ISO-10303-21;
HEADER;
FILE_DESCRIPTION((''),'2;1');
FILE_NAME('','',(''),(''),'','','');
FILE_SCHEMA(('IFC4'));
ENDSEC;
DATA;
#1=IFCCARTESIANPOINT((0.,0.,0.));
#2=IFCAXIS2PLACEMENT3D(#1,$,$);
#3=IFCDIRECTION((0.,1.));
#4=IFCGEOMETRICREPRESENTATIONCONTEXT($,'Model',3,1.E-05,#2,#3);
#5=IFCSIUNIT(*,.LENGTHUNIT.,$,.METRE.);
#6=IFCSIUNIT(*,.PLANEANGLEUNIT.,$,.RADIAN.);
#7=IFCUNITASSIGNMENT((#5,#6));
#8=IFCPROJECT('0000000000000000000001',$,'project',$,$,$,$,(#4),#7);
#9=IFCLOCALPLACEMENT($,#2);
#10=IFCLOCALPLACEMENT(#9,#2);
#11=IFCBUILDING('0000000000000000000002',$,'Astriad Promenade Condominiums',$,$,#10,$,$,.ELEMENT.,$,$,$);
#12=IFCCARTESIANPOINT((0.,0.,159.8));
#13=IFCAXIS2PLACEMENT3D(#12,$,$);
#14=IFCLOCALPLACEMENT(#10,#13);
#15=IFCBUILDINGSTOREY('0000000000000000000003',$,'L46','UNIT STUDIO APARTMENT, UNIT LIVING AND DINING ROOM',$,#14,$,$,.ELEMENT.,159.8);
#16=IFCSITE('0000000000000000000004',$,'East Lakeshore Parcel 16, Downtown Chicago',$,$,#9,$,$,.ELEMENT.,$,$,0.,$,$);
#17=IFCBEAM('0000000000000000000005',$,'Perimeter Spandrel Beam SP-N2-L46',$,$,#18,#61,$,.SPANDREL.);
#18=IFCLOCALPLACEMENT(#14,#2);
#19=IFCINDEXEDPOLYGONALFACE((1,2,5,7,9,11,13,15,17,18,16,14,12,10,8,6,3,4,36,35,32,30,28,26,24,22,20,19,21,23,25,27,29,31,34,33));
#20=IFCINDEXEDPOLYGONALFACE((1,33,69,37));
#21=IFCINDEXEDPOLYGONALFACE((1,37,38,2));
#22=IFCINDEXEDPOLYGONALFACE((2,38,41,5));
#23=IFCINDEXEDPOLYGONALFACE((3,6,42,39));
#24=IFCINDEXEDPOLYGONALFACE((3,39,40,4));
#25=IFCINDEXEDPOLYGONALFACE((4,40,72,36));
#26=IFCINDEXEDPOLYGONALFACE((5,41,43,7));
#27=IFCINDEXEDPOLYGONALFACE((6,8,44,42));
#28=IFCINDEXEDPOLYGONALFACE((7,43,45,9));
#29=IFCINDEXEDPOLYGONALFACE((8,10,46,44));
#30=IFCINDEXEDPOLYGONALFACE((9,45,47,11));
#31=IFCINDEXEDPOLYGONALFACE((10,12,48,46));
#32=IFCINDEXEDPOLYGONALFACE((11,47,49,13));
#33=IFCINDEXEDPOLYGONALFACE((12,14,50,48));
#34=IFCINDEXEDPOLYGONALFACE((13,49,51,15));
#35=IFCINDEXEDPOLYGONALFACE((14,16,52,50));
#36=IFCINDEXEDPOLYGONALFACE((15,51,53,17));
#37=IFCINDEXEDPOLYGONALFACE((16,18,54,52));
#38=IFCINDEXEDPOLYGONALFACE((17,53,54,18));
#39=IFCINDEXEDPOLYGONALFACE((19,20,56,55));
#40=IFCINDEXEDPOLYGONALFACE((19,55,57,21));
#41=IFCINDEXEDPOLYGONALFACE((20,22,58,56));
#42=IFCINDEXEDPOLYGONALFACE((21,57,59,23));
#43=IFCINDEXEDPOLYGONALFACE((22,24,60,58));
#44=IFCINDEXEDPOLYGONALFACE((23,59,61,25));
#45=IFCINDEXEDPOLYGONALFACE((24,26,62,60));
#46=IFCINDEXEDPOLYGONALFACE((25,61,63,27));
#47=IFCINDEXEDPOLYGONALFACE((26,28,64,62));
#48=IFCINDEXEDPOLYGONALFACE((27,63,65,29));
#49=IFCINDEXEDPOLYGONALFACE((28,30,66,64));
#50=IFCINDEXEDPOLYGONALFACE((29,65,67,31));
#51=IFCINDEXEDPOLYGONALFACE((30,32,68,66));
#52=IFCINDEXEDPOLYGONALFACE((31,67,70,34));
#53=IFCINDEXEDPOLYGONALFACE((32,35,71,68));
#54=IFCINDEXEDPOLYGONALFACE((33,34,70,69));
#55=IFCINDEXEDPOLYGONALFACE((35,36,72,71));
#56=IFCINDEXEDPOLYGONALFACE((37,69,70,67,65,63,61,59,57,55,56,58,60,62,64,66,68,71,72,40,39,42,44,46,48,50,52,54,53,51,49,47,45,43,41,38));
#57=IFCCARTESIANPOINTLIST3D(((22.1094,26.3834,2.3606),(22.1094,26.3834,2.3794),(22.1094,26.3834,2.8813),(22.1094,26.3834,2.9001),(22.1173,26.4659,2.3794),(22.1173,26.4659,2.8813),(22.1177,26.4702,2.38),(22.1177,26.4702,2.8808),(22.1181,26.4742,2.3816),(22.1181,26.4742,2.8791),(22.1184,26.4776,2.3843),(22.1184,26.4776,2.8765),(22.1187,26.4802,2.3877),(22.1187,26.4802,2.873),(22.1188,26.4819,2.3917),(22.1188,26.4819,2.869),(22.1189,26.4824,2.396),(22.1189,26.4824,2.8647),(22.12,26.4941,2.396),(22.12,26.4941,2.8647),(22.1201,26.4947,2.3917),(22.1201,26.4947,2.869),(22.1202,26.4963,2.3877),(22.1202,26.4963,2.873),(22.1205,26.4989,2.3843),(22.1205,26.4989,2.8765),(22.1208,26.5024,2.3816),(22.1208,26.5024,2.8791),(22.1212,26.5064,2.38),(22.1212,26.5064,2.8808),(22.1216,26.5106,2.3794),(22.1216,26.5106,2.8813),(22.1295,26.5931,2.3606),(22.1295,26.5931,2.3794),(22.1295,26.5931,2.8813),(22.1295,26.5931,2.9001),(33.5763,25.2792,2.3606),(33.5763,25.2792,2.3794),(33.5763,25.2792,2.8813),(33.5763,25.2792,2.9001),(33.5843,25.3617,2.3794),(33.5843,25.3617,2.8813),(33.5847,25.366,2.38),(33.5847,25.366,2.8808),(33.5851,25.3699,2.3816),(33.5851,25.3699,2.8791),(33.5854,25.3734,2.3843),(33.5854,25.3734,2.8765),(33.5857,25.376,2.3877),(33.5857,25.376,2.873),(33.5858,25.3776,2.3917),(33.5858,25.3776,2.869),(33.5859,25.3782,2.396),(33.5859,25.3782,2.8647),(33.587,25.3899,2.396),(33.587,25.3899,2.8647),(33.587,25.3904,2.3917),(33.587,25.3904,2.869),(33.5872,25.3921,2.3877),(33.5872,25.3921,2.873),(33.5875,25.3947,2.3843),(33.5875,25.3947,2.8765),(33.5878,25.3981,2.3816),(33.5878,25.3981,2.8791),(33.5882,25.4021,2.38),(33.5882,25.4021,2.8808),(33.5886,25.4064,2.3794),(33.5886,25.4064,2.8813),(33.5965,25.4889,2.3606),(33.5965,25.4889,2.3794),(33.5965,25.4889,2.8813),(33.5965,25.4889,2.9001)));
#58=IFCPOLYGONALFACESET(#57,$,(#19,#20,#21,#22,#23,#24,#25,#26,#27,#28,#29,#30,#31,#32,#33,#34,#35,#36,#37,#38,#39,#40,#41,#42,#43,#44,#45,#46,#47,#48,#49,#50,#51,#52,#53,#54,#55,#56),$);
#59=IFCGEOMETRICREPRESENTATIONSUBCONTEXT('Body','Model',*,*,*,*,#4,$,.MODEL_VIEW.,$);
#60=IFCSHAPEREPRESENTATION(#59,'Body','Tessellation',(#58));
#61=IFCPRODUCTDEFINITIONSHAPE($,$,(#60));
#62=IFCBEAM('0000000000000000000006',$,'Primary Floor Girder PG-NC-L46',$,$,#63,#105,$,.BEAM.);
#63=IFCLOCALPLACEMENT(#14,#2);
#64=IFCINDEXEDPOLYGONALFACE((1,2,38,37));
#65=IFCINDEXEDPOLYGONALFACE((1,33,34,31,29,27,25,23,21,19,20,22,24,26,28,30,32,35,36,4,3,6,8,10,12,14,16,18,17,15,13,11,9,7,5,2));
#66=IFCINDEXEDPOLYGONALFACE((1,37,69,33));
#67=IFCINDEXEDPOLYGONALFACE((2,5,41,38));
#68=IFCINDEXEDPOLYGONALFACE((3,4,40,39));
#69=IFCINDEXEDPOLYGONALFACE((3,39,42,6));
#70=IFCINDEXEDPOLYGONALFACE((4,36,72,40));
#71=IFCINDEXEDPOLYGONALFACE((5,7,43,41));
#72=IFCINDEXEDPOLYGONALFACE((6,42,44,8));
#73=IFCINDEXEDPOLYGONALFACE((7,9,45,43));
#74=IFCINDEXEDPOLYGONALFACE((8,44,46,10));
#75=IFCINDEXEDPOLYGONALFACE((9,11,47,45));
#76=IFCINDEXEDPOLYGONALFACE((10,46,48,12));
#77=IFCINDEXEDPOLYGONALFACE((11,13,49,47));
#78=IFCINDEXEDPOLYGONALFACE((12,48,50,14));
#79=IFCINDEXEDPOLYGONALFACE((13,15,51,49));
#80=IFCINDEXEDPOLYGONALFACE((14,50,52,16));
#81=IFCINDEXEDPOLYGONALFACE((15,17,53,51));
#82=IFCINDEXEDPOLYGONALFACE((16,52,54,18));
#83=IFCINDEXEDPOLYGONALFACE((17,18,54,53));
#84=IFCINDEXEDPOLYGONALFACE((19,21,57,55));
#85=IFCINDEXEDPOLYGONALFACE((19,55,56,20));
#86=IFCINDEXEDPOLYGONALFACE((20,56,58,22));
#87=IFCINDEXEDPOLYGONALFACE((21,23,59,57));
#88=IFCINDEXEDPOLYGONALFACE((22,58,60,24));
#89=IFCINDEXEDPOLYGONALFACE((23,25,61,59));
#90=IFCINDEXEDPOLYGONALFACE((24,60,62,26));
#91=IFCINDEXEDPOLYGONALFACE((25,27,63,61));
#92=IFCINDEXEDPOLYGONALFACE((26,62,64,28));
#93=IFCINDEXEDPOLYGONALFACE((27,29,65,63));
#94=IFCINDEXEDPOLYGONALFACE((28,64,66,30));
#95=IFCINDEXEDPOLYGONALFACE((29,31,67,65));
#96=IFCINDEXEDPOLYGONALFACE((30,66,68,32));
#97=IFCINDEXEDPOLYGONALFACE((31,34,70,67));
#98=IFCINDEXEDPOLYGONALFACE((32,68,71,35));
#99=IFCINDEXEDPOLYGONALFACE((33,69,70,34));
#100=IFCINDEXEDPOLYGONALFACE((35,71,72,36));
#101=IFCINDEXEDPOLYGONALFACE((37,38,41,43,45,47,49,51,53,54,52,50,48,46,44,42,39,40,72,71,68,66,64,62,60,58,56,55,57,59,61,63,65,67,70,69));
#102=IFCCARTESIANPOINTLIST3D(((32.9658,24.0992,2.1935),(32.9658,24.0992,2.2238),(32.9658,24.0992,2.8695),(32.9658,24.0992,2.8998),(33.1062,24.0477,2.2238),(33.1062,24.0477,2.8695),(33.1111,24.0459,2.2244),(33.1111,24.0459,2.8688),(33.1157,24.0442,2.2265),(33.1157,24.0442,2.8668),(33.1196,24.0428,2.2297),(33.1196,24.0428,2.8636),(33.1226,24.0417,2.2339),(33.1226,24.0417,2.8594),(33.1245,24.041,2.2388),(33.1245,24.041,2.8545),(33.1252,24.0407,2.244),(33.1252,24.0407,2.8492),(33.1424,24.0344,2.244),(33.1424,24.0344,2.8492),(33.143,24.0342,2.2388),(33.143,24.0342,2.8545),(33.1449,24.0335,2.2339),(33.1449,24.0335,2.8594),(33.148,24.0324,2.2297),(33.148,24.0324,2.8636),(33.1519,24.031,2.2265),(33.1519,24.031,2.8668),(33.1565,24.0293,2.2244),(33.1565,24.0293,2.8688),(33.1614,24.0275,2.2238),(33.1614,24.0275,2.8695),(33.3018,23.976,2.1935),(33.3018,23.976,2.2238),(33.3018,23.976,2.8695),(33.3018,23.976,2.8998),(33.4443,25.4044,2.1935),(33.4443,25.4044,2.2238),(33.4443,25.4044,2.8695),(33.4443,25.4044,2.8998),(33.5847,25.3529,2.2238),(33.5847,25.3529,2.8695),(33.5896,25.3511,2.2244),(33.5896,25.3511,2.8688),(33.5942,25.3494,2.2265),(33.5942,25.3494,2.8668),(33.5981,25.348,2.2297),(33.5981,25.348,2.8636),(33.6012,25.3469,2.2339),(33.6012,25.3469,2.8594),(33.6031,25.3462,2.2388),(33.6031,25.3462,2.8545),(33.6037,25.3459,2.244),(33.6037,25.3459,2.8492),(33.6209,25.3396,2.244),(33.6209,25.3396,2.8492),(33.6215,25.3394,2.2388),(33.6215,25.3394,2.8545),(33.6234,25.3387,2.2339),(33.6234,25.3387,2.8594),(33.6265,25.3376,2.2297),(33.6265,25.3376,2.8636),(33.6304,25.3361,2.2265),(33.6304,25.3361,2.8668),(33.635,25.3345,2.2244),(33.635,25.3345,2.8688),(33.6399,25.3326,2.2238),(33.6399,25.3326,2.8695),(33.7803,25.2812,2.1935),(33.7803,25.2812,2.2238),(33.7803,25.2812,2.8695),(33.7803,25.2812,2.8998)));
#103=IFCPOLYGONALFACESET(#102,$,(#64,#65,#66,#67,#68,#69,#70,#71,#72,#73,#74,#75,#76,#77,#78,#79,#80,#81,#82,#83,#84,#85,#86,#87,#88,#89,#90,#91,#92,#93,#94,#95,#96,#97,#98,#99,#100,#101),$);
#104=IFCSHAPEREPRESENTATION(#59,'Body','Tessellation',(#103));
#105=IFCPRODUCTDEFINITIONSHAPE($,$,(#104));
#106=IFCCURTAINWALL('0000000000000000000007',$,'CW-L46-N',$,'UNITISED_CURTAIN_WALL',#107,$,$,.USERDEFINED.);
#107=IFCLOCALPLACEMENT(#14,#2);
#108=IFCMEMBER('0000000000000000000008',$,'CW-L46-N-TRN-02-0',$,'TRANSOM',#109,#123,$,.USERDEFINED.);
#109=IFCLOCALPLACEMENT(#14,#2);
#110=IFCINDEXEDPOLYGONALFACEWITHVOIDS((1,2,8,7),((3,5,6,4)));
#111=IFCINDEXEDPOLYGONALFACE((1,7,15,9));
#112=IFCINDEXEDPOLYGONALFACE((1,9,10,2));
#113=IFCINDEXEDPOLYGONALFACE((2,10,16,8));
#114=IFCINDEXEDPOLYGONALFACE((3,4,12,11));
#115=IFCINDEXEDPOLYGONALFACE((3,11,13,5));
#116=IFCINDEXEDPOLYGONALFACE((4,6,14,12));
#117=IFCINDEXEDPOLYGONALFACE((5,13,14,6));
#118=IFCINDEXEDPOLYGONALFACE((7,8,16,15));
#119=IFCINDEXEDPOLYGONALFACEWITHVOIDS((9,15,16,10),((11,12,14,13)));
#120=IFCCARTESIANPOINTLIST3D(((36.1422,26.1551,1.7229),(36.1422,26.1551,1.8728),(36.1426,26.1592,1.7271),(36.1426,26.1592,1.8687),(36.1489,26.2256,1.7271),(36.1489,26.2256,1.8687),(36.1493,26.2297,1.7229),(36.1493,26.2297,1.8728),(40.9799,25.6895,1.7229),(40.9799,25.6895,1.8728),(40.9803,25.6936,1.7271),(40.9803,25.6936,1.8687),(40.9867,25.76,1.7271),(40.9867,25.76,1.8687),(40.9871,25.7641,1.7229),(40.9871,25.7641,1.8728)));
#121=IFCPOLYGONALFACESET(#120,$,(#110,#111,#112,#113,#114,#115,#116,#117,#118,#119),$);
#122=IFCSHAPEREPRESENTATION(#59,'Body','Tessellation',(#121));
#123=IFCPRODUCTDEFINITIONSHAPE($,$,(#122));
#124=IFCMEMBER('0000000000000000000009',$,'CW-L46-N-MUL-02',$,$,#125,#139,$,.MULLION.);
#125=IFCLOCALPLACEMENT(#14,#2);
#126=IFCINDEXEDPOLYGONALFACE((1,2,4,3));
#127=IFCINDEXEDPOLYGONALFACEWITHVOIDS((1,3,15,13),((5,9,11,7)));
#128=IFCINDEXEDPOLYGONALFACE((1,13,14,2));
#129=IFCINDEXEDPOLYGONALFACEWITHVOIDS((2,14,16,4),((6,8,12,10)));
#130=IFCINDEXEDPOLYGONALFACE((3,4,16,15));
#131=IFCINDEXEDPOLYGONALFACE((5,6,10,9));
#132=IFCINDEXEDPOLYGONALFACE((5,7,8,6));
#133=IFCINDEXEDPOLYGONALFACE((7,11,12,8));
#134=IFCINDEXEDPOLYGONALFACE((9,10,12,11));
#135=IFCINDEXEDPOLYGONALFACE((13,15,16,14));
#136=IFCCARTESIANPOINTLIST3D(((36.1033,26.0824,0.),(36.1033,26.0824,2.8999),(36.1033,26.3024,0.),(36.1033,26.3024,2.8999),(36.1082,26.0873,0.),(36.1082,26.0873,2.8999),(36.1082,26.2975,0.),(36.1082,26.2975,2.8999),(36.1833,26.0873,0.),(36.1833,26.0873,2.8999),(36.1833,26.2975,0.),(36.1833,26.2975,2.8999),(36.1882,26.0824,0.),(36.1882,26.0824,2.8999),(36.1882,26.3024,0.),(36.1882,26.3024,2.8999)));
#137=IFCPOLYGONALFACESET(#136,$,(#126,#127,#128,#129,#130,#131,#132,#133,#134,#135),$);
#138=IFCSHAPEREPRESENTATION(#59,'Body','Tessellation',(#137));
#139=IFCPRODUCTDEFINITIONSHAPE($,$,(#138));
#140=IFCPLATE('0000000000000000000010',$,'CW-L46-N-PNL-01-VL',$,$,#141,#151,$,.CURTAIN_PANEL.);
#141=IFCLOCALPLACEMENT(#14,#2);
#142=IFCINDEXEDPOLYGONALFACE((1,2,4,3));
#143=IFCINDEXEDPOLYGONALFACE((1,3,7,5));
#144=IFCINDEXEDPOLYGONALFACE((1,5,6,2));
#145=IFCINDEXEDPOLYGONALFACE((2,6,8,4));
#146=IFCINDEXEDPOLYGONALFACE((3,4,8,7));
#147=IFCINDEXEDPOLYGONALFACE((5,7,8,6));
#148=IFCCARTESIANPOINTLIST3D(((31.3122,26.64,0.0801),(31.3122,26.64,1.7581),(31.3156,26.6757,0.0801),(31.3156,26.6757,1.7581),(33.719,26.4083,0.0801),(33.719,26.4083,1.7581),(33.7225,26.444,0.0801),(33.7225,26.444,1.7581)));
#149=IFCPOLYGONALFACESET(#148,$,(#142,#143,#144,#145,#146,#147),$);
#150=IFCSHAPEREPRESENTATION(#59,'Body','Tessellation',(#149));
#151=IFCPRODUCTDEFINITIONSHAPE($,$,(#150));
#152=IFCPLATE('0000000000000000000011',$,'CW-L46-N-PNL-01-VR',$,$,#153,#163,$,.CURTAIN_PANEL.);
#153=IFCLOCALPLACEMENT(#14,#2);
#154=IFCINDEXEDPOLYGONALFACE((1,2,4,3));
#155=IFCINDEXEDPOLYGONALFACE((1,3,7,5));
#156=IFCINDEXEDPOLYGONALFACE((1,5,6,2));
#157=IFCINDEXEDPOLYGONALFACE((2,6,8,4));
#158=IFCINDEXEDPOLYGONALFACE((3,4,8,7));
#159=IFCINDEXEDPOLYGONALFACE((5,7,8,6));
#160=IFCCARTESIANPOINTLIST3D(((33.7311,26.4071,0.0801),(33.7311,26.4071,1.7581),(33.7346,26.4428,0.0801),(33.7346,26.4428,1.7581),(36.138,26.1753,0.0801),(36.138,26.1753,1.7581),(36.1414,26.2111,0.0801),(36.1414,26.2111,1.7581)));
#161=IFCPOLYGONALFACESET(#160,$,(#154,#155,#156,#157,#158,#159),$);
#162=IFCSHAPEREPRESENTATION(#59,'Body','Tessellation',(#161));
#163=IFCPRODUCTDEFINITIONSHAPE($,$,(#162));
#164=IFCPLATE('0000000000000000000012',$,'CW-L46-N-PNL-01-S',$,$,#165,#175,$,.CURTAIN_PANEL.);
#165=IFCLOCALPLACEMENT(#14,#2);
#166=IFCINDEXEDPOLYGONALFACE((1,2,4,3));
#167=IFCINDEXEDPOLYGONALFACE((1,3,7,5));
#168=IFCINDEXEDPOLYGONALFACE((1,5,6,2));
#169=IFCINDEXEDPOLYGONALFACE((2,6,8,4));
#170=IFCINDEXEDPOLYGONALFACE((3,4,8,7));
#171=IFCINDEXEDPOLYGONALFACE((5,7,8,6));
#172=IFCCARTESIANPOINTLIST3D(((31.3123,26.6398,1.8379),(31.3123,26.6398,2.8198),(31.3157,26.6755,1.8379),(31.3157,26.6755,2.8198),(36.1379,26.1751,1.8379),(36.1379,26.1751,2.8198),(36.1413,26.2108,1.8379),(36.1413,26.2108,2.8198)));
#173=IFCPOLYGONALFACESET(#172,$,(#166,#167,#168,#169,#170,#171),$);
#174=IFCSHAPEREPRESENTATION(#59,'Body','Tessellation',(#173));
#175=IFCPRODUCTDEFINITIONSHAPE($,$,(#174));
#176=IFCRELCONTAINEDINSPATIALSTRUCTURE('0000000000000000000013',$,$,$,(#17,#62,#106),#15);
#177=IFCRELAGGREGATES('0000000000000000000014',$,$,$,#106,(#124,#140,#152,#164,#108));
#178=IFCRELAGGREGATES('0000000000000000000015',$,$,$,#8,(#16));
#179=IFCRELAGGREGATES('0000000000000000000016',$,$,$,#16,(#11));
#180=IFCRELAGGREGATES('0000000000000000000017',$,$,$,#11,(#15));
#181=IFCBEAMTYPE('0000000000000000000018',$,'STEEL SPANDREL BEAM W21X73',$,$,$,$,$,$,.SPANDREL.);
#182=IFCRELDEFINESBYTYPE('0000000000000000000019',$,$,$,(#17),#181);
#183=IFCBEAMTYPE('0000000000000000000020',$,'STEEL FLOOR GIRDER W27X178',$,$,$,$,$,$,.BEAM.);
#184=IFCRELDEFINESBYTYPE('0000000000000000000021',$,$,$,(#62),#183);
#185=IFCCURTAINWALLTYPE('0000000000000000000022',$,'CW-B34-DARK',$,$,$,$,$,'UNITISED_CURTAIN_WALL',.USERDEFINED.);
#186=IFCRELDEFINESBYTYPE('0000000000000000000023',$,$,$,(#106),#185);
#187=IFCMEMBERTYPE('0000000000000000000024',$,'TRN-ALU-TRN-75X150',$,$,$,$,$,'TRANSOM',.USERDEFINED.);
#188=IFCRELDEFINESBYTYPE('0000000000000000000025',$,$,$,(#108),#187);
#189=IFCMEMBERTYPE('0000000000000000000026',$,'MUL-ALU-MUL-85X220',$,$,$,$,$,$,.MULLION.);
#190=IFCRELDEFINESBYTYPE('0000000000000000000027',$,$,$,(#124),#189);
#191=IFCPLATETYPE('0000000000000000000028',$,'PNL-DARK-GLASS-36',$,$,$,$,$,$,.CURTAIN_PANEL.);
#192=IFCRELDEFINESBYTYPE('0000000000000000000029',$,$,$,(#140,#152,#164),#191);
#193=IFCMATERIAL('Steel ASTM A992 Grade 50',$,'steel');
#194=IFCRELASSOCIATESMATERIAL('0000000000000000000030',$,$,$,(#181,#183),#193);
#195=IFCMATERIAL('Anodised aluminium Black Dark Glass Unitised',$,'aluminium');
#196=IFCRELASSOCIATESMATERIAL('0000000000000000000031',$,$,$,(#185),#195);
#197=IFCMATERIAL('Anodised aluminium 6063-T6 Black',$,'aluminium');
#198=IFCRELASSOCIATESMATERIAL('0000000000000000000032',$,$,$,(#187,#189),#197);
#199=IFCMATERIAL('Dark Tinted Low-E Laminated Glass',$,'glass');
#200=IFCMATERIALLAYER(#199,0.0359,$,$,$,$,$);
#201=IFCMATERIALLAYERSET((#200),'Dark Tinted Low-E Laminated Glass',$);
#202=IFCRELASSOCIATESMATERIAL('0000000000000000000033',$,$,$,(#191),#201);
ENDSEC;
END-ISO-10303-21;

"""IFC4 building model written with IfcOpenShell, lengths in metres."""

from ifc_helpers import new_model, si_unit, direction, frame, origin, origin_2d, place, context, subcontext, project, spatial, rectangle, hollow_rectangle, i_section, extrude, source, transform, mapped, material, layer, layer_set, material_profile, profile_set, type_object, type_shapes, element, aggregate, save


model = new_model("IFC4")

# Units and contexts
model_context = context("Model", 3, precision=1e-05, world=origin(), true_north=direction((0.0, 1.0)))
body_context = subcontext(model_context, "Body", "Model", "MODEL_VIEW")
ifc_project = project(units=[si_unit("LENGTHUNIT", "METRE"), si_unit("PLANEANGLEUNIT", "RADIAN")], contexts=[model_context])

# Site, building, storey
site_placement = place(None, origin())
site = spatial("IfcSite", under=ifc_project, at=site_placement, Name="East Lakeshore Parcel 16, Downtown Chicago", CompositionType="ELEMENT", RefElevation=0.0)
building_placement = place(site_placement, origin())
building = spatial("IfcBuilding", under=site, at=building_placement, Name="Astriad Promenade Condominiums", CompositionType="ELEMENT")
storey_placement = place(building_placement, frame((0.0, 0.0, 159.8)))
storey = spatial("IfcBuildingStorey", under=building, at=storey_placement, Name="L46", Description="UNIT STUDIO APARTMENT, UNIT LIVING AND DINING ROOM", CompositionType="ELEMENT", Elevation=159.8)

# Shared definitions
ifc_material_1 = material(Name="Steel ASTM A992 Grade 50", Category="steel")

# Beams
ifc_material_profile_1 = material_profile(ifc_material_1, i_section(OverallWidth=0.2107, OverallDepth=0.5396, WebThickness=0.0117, FlangeThickness=0.0188, FilletRadius=0.0166, at=origin_2d()), Name="W21X73")
ifc_profile_set_1 = profile_set([ifc_material_profile_1], Name="Steel ASTM A992 Grade 50")
beam_type_1 = type_object("IfcBeamType", Name="STEEL SPANDREL BEAM W21X73", PredefinedType="SPANDREL", material=ifc_profile_set_1)
shared_shape_1 = source(origin(), body_context, "Body", "SweptSolid", [
    extrude(i_section(OverallWidth=0.2107, OverallDepth=0.5396, WebThickness=0.0117, FlangeThickness=0.0188, FilletRadius=0.0166, at=origin_2d()), origin(), (0.0, 0.0, 1.0), 11.52),
])
type_shapes(beam_type_1, [shared_shape_1])
beam_1_placement = place(storey_placement, frame((33.5864, 25.384, 2.6304), z_axis=(-0.995395, 0.095854, 0.0), x_axis=(-0.095854, -0.995395, 0.0)))
element("IfcBeam", 1, at=beam_1_placement, inside=storey, type_object=beam_type_1, Name="Perimeter Spandrel Beam SP-N2-L46", PredefinedType="SPANDREL", context=body_context, shape_type="MappedRepresentation", body=[
    mapped(shared_shape_1, transform((0.0, 0.0, 0.0), scale=1.0)),
])
ifc_material_profile_2 = material_profile(ifc_material_1, i_section(OverallWidth=0.3579, OverallDepth=0.7063, WebThickness=0.0183, FlangeThickness=0.0303, FilletRadius=0.0203, at=origin_2d()), Name="W27X178")
ifc_profile_set_2 = profile_set([ifc_material_profile_2], Name="Steel ASTM A992 Grade 50")
beam_type_2 = type_object("IfcBeamType", Name="STEEL FLOOR GIRDER W27X178", PredefinedType="BEAM", material=ifc_profile_set_2)
shared_shape_2 = source(origin(), body_context, "Body", "SweptSolid", [
    extrude(i_section(OverallWidth=0.3579, OverallDepth=0.7063, WebThickness=0.0183, FlangeThickness=0.0303, FilletRadius=0.0203, at=origin_2d()), origin(), (0.0, 0.0, 1.0), 1.3901),
])
type_shapes(beam_type_2, [shared_shape_2])
beam_2_placement = place(storey_placement, frame((33.6123, 25.3428, 2.5466), z_axis=(-0.344224, -0.938888, 0.0), x_axis=(0.938888, -0.344224, 0.0)))
element("IfcBeam", 2, at=beam_2_placement, inside=storey, type_object=beam_type_2, Name="Primary Floor Girder PG-NC-L46", PredefinedType="BEAM", context=body_context, shape_type="MappedRepresentation", body=[
    mapped(shared_shape_2, transform((0.0, 0.0, 0.0), scale=1.0)),
])

# Curtain wall, members, plates
ifc_material_2 = material(Name="Anodised aluminium Black Dark Glass Unitised", Category="aluminium")
curtain_wall_type = type_object("IfcCurtainWallType", Name="CW-B34-DARK", ElementType="UNITISED_CURTAIN_WALL", PredefinedType="USERDEFINED", material=ifc_material_2)
curtain_wall_placement = place(storey_placement, origin())
curtain_wall = element("IfcCurtainWall", 3, at=curtain_wall_placement, inside=storey, type_object=curtain_wall_type, Name="CW-L46-N", ObjectType="UNITISED_CURTAIN_WALL", PredefinedType="USERDEFINED")
ifc_material_3 = material(Name="Anodised aluminium 6063-T6 Black", Category="aluminium")
ifc_material_profile_3 = material_profile(ifc_material_3, hollow_rectangle(XDim=0.075, YDim=0.1499, WallThickness=0.0042, at=origin_2d()), Name="ALU-TRN-75X150")
ifc_profile_set_3 = profile_set([ifc_material_profile_3], Name="Anodised aluminium 6063-T6 Black")
member_type_1 = type_object("IfcMemberType", Name="TRN-ALU-TRN-75X150", ElementType="TRANSOM", PredefinedType="USERDEFINED", material=ifc_profile_set_3)
shared_shape_3 = source(origin(), body_context, "Body", "SweptSolid", [
    extrude(hollow_rectangle(XDim=0.075, YDim=0.1499, WallThickness=0.0042, at=origin_2d()), origin(), (0.0, 0.0, 1.0), 4.8601),
])
type_shapes(member_type_1, [shared_shape_3])
member_1_placement = place(storey_placement, frame((36.1458, 26.1924, 1.7979), z_axis=(0.995401, -0.095798, 0.0), x_axis=(0.095798, 0.995401, 0.0)))
member_1 = element("IfcMember", 4, at=member_1_placement, type_object=member_type_1, Name="CW-L46-N-TRN-02-0", ObjectType="TRANSOM", PredefinedType="USERDEFINED", context=body_context, shape_type="MappedRepresentation", body=[
    mapped(shared_shape_3, transform((0.0, 0.0, 0.0), scale=1.0)),
])
ifc_material_profile_4 = material_profile(ifc_material_3, hollow_rectangle(XDim=0.085, YDim=0.22, WallThickness=0.0049, at=origin_2d()), Name="ALU-MUL-85X220")
ifc_profile_set_4 = profile_set([ifc_material_profile_4], Name="Anodised aluminium 6063-T6 Black")
member_type_2 = type_object("IfcMemberType", Name="MUL-ALU-MUL-85X220", PredefinedType="MULLION", material=ifc_profile_set_4)
shared_shape_4 = source(origin(), body_context, "Body", "SweptSolid", [
    extrude(hollow_rectangle(XDim=0.085, YDim=0.22, WallThickness=0.0049, at=origin_2d()), origin(), (0.0, 0.0, 1.0), 2.8999),
])
type_shapes(member_type_2, [shared_shape_4])
member_2_placement = place(storey_placement, frame((36.1458, 26.1924, 0.0), z_axis=(0.0, 0.0, 1.0), x_axis=(1.0, 0.0, 0.0)))
member_2 = element("IfcMember", 5, at=member_2_placement, type_object=member_type_2, Name="CW-L46-N-MUL-02", PredefinedType="MULLION", context=body_context, shape_type="MappedRepresentation", body=[
    mapped(shared_shape_4, transform((0.0, 0.0, 0.0), scale=1.0)),
])
ifc_material_4 = material(Name="Dark Tinted Low-E Laminated Glass", Category="glass")
ifc_layer_1 = layer(ifc_material_4, 0.0359)
ifc_layer_set_1 = layer_set([ifc_layer_1], Name="Dark Tinted Low-E Laminated Glass")
plate_type = type_object("IfcPlateType", Name="PNL-DARK-GLASS-36", PredefinedType="CURTAIN_PANEL", material=ifc_layer_set_1)
shared_shape_5 = source(origin(), body_context, "Body", "SweptSolid", [
    extrude(rectangle(XDim=2.418, YDim=0.0359, at=origin_2d()), origin(), (0.0, 0.0, 1.0), 1.678),
])
plate_1_placement = place(storey_placement, frame((32.5173, 26.542, 0.0801), z_axis=(0.0, 0.0, 1.0), x_axis=(0.995396, -0.095846, 0.0)))
plate_1 = element("IfcPlate", 6, at=plate_1_placement, type_object=plate_type, Name="CW-L46-N-PNL-01-VL", PredefinedType="CURTAIN_PANEL", context=body_context, shape_type="MappedRepresentation", body=[
    mapped(shared_shape_5, transform((0.0, 0.0, 0.0), scale=1.0)),
])
plate_2_placement = place(storey_placement, frame((34.9363, 26.3091, 0.0801), z_axis=(0.0, 0.0, 1.0), x_axis=(0.995396, -0.095846, 0.0)))
plate_2 = element("IfcPlate", 7, at=plate_2_placement, type_object=plate_type, Name="CW-L46-N-PNL-01-VR", PredefinedType="CURTAIN_PANEL", context=body_context, shape_type="MappedRepresentation", body=[
    mapped(shared_shape_5, transform((0.0, 0.0, 0.0), scale=1.0)),
])
shared_shape_6 = source(origin(), body_context, "Body", "SweptSolid", [
    extrude(rectangle(XDim=4.8479, YDim=0.0359, at=origin_2d()), origin(), (0.0, 0.0, 1.0), 0.9819),
])
type_shapes(plate_type, [shared_shape_5, shared_shape_6])
plate_3_placement = place(storey_placement, frame((33.7268, 26.4253, 1.8379), z_axis=(0.0, 0.0, 1.0), x_axis=(0.995396, -0.095846, 0.0)))
plate_3 = element("IfcPlate", 8, at=plate_3_placement, type_object=plate_type, Name="CW-L46-N-PNL-01-S", PredefinedType="CURTAIN_PANEL", context=body_context, shape_type="MappedRepresentation", body=[
    mapped(shared_shape_6, transform((0.0, 0.0, 0.0), scale=1.0)),
])
aggregate(curtain_wall, [member_2, plate_1, plate_2, plate_3, member_1])

save(model, "model.ifc")
